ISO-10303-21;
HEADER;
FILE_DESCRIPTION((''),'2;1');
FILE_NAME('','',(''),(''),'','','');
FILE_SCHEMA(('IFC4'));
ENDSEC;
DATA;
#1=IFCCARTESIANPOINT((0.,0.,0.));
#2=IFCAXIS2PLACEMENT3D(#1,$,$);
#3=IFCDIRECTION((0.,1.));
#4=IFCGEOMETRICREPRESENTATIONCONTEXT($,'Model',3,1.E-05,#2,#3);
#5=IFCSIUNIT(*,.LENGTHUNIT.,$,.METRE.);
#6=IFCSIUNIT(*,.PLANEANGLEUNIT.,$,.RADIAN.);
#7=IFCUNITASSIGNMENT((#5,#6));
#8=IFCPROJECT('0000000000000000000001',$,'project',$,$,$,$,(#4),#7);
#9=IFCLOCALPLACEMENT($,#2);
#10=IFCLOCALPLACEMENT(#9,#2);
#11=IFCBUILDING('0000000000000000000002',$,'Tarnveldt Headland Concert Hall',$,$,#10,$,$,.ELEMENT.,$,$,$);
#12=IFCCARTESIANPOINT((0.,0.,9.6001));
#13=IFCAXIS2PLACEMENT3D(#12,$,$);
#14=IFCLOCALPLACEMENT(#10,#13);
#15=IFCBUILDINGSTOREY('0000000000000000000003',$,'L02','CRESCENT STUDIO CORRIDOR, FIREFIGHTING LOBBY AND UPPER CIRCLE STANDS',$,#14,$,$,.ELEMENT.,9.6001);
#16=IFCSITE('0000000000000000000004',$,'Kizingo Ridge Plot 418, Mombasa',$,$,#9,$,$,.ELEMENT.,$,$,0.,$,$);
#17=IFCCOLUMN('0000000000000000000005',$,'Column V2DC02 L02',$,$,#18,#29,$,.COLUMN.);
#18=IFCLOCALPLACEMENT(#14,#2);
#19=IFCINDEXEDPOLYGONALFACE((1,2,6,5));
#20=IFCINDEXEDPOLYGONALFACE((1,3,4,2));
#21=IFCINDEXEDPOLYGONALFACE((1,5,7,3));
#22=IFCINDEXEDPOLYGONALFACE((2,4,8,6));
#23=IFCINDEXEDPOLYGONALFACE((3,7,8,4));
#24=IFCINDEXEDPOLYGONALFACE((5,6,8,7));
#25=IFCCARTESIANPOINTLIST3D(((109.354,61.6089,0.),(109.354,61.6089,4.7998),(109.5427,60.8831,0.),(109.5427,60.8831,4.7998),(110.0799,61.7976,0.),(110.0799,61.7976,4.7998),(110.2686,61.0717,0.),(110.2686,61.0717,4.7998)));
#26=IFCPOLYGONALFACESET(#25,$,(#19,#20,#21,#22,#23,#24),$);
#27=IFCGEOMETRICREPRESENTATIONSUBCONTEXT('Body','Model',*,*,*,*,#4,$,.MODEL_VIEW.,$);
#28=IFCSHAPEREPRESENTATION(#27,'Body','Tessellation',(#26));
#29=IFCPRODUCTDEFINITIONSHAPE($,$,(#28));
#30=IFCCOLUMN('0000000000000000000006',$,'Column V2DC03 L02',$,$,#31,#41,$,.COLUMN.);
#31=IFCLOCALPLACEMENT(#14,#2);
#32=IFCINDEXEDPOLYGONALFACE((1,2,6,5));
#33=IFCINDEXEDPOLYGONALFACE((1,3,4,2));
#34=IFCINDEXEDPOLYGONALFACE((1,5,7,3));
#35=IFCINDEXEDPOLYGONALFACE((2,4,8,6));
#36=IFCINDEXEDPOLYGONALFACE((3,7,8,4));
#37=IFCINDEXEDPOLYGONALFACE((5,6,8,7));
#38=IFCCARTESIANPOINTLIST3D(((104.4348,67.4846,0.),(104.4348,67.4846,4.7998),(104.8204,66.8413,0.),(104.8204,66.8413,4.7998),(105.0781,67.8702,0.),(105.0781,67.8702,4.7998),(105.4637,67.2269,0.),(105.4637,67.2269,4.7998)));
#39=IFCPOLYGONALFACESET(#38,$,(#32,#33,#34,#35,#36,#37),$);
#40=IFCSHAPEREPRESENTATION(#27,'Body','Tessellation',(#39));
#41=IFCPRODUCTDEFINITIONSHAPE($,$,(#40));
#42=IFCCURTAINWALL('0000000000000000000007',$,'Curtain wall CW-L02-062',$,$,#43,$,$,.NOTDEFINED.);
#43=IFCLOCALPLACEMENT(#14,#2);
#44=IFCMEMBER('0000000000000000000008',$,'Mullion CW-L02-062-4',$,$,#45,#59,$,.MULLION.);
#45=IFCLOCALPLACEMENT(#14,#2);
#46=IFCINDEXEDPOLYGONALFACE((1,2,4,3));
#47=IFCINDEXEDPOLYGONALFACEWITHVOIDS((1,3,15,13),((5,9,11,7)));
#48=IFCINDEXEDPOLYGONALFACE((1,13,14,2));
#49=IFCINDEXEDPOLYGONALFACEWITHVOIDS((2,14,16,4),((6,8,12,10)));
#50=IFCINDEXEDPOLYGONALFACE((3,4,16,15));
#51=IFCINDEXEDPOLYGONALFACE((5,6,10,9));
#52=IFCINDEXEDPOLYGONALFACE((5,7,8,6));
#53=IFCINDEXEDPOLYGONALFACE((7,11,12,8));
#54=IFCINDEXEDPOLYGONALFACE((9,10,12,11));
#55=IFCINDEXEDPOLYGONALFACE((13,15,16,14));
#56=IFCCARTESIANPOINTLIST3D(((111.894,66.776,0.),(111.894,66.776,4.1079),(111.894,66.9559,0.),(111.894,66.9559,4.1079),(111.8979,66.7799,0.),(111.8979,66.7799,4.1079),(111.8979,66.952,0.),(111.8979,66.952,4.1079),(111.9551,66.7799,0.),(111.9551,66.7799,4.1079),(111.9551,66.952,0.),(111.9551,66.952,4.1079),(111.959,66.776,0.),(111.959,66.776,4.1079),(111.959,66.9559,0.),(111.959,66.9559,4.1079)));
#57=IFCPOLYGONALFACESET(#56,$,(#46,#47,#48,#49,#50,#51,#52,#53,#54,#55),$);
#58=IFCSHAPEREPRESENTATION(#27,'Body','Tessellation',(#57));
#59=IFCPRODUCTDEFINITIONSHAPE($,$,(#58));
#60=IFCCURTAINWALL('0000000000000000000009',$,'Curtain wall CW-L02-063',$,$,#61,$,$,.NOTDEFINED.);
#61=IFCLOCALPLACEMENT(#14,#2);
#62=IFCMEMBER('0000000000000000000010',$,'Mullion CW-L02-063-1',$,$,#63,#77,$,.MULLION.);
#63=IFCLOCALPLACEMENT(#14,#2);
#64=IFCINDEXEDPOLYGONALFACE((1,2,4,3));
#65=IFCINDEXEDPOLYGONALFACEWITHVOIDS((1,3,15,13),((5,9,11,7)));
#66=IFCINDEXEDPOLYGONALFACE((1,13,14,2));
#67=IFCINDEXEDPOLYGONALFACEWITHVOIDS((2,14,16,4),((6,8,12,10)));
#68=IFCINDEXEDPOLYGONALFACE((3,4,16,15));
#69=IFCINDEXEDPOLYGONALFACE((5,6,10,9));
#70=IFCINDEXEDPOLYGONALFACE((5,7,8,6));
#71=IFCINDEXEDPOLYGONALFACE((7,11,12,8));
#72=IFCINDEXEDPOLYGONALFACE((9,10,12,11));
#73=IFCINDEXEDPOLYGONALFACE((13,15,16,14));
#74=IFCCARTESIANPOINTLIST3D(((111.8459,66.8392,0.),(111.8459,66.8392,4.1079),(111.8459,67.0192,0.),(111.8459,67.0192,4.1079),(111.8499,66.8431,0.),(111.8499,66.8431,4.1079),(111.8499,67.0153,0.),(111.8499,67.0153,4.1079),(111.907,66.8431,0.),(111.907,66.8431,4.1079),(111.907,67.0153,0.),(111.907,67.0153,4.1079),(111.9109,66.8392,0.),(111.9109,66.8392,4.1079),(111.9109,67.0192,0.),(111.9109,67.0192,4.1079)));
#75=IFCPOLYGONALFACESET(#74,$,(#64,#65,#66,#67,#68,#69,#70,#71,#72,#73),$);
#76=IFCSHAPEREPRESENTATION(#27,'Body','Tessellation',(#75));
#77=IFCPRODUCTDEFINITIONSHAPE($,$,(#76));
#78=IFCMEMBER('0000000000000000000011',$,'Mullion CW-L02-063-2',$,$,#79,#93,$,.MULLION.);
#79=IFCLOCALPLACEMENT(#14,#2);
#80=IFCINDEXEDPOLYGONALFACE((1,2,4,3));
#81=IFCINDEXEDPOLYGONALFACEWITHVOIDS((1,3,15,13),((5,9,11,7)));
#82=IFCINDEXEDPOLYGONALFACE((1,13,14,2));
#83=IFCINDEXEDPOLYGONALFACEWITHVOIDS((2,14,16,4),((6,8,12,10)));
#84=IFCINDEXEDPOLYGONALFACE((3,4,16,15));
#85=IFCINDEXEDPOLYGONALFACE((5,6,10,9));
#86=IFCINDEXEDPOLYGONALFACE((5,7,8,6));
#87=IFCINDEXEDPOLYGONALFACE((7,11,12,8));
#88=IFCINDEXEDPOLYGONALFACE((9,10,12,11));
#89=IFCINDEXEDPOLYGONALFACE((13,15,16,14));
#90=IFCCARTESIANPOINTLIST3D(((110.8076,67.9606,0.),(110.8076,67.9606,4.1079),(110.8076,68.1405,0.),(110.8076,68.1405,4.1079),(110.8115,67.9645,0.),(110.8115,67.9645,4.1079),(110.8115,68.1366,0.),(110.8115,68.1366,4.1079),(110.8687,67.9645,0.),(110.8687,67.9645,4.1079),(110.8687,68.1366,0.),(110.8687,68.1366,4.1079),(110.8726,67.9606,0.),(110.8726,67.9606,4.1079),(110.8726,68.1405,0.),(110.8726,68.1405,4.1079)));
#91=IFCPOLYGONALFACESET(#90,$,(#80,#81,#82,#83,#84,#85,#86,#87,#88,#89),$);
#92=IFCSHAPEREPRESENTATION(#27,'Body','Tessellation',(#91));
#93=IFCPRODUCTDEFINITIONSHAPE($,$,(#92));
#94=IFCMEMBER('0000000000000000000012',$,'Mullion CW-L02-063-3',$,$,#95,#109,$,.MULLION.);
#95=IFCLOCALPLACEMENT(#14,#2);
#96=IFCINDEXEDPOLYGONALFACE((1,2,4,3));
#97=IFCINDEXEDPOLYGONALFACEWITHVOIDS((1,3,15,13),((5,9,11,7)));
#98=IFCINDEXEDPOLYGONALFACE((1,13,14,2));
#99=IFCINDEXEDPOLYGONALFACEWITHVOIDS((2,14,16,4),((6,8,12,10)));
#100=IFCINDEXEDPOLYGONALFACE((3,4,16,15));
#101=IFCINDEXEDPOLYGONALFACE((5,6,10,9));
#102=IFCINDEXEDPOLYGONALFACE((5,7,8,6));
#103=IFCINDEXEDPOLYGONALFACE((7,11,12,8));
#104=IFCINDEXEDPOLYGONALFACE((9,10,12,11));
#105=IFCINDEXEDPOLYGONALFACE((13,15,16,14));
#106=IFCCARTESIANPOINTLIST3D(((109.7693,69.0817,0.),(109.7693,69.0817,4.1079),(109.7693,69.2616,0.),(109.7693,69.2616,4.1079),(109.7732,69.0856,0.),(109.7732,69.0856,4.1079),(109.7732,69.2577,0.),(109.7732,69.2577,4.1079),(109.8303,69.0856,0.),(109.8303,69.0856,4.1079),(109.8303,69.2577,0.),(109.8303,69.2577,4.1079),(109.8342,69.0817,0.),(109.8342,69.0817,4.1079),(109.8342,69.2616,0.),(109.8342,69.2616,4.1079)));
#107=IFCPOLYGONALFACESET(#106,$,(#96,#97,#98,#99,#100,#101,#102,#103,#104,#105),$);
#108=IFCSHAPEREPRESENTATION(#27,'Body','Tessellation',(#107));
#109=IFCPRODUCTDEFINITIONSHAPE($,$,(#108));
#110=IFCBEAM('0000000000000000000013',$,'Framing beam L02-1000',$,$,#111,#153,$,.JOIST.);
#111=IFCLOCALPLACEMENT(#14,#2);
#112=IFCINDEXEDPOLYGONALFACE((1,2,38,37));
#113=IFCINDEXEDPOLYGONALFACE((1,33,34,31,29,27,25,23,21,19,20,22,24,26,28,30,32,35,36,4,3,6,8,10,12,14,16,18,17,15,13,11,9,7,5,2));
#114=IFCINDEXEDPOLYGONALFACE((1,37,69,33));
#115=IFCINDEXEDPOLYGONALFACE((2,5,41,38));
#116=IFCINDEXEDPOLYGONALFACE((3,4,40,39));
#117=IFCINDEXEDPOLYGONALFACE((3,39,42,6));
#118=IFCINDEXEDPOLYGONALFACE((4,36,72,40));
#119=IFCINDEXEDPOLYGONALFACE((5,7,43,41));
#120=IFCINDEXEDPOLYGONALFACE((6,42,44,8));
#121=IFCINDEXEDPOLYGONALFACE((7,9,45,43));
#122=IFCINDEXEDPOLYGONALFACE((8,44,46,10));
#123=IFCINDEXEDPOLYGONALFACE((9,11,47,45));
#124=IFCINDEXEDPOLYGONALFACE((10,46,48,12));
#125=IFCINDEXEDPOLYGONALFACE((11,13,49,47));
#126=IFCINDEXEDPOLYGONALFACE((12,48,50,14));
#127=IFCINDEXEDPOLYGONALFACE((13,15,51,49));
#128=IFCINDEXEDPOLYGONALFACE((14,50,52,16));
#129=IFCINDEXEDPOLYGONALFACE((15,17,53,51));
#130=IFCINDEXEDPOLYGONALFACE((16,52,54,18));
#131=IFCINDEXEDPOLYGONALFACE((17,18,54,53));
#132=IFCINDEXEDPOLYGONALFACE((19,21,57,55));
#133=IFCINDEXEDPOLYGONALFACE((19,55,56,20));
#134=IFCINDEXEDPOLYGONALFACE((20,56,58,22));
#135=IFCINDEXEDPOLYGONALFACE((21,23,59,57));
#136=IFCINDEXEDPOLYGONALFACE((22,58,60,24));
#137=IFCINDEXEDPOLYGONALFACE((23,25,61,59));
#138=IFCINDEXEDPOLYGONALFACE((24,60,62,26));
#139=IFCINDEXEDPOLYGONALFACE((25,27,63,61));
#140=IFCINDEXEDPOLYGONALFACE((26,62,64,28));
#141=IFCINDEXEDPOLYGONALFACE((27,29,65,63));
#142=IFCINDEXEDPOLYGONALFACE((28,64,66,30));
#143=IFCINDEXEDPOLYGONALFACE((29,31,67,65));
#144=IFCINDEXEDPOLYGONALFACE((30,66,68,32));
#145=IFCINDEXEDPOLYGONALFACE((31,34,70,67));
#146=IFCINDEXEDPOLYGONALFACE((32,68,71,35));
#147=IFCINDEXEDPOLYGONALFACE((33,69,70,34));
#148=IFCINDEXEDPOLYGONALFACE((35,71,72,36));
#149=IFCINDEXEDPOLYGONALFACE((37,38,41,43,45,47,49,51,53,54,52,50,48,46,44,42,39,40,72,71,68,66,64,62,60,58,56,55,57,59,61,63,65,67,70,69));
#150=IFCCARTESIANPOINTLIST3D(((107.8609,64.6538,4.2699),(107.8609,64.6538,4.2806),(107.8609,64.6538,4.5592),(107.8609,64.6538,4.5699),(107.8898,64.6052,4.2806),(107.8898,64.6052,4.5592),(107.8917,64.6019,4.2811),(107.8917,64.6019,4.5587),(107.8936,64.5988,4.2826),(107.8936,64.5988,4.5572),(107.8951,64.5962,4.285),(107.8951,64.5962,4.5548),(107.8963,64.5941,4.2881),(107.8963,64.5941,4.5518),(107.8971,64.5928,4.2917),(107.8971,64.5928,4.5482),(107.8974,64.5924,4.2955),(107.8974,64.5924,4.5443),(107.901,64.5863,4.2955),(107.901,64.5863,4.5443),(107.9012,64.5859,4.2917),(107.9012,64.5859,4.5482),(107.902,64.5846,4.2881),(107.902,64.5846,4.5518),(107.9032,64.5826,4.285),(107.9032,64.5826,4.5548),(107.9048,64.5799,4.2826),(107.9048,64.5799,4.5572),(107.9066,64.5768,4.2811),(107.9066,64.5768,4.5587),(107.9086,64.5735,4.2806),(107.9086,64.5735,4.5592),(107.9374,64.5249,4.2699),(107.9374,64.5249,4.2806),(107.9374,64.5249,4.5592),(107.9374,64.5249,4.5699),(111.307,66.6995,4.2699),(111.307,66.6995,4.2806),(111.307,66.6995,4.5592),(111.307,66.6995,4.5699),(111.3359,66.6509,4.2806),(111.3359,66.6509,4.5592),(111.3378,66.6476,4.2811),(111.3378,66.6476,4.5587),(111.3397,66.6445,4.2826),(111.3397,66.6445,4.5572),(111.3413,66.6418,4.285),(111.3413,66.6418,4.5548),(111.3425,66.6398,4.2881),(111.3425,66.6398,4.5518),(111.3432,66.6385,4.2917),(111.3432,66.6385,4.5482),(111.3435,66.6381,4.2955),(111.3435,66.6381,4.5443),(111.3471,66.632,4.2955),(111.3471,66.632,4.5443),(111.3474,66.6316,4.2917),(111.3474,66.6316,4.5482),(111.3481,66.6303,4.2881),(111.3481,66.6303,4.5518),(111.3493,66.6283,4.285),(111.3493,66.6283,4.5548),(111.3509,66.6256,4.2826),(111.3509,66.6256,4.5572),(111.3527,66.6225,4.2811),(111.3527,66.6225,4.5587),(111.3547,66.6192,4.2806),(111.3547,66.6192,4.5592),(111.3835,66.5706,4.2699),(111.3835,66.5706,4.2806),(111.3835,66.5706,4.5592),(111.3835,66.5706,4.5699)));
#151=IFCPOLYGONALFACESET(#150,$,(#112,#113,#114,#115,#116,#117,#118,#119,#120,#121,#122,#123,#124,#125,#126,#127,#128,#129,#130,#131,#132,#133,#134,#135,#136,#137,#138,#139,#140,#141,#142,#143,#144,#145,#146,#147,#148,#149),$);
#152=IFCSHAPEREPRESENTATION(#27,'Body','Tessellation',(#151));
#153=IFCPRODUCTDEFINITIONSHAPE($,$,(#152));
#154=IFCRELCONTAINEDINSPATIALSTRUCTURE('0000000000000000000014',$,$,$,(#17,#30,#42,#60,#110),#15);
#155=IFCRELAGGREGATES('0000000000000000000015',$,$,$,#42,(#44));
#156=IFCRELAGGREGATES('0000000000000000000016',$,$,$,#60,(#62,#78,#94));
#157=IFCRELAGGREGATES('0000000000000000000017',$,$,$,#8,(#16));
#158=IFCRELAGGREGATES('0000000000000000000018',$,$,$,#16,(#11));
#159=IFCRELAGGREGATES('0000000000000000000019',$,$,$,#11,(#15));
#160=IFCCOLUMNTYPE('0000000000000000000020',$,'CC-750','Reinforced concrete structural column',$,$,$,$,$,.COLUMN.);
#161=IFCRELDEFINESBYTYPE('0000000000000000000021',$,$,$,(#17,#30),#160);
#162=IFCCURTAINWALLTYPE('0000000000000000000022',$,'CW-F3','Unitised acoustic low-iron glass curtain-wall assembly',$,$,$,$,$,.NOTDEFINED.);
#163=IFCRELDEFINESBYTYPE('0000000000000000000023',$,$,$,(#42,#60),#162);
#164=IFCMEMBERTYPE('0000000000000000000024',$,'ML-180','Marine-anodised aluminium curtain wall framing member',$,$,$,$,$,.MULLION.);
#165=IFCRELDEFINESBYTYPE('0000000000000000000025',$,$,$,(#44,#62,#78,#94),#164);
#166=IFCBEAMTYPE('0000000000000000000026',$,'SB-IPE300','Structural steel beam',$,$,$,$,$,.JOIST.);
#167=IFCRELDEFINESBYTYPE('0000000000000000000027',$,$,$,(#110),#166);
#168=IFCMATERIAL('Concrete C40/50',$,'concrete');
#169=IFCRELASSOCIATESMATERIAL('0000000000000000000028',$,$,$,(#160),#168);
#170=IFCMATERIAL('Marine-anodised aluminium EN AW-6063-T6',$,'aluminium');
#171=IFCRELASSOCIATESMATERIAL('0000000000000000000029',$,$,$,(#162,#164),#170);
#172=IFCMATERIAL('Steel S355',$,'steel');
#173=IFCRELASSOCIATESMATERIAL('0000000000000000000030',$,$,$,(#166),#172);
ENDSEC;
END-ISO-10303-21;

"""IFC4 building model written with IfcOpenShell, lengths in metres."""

from ifc_helpers import new_model, si_unit, direction, frame, origin, origin_2d, place, context, subcontext, project, spatial, rectangle, hollow_rectangle, i_section, extrude, material, material_profile, profile_set, type_object, element, aggregate, save


model = new_model("IFC4")

# Units and contexts
model_context = context("Model", 3, precision=1e-05, world=origin(), true_north=direction((0.0, 1.0)))
body_context = subcontext(model_context, "Body", "Model", "MODEL_VIEW")
ifc_project = project(units=[si_unit("LENGTHUNIT", "METRE"), si_unit("PLANEANGLEUNIT", "RADIAN")], contexts=[model_context])

# Site, building, storey
site_placement = place(None, origin())
site = spatial("IfcSite", under=ifc_project, at=site_placement, Name="Kizingo Ridge Plot 418, Mombasa", CompositionType="ELEMENT", RefElevation=0.0)
building_placement = place(site_placement, origin())
building = spatial("IfcBuilding", under=site, at=building_placement, Name="Tarnveldt Headland Concert Hall", CompositionType="ELEMENT")
storey_placement = place(building_placement, frame((0.0, 0.0, 9.6001)))
storey = spatial("IfcBuildingStorey", under=building, at=storey_placement, Name="L02", Description="CRESCENT STUDIO CORRIDOR, FIREFIGHTING LOBBY AND UPPER CIRCLE STANDS", CompositionType="ELEMENT", Elevation=9.6001)

# Columns
ifc_material_1 = material(Name="Concrete C40/50", Category="concrete")
ifc_material_profile_1 = material_profile(ifc_material_1, rectangle(XDim=0.75, YDim=0.75, at=origin_2d()), Name="RC 750x750", Category="concrete")
ifc_profile_set_1 = profile_set([ifc_material_profile_1], Name="Concrete C40/50")
column_type = type_object("IfcColumnType", Name="CC-750", Description="Reinforced concrete structural column", PredefinedType="COLUMN", material=ifc_profile_set_1)
for number, where, z_axis, x_axis, name in (
    (1, (109.8113, 61.3403, 0.0), (0.0, 0.0, 1.0), (0.967841, 0.251563, 0.0), "Column V2DC02 L02"),
    (2, (104.9492, 67.3557, 0.0), (0.0, 0.0, 1.0), (0.857706, 0.51414, 0.0), "Column V2DC03 L02"),
):
    element("IfcColumn", number, at=place(storey_placement, frame(where, z_axis=z_axis, x_axis=x_axis)), inside=storey, type_object=column_type, Name=name, PredefinedType="COLUMN", context=body_context, shape_type="SweptSolid", body=[
        extrude(rectangle(XDim=0.75, YDim=0.75, at=origin_2d()), origin(), (0.0, 0.0, 1.0), 4.7998),
    ])

# Curtain wall, member
ifc_material_2 = material(Name="Marine-anodised aluminium EN AW-6063-T6", Category="aluminium")
curtain_wall_type = type_object("IfcCurtainWallType", Name="CW-F3", Description="Unitised acoustic low-iron glass curtain-wall assembly", PredefinedType="NOTDEFINED", material=ifc_material_2)
curtain_wall_1_placement = place(storey_placement, origin())
curtain_wall_1 = element("IfcCurtainWall", 3, at=curtain_wall_1_placement, inside=storey, type_object=curtain_wall_type, Name="Curtain wall CW-L02-062", PredefinedType="NOTDEFINED")
ifc_material_profile_2 = material_profile(ifc_material_2, hollow_rectangle(XDim=0.0649, YDim=0.1799, WallThickness=0.0039, at=origin_2d()), Name="ALU MULLION 65x180x4", Category="aluminium")
ifc_profile_set_2 = profile_set([ifc_material_profile_2], Name="Marine-anodised aluminium EN AW-6063-T6")
member_type_1 = type_object("IfcMemberType", Name="ML-180", Description="Marine-anodised aluminium curtain wall framing member", PredefinedType="MULLION", material=ifc_profile_set_2)
member_1_placement = place(storey_placement, frame((111.9265, 66.866, 0.0), z_axis=(0.0, 0.0, 1.0), x_axis=(1.0, 0.0, 0.0)))
member_1 = element("IfcMember", 4, at=member_1_placement, type_object=member_type_1, Name="Mullion CW-L02-062-4", PredefinedType="MULLION", context=body_context, shape_type="SweptSolid", body=[
    extrude(hollow_rectangle(XDim=0.0649, YDim=0.1799, WallThickness=0.0039, at=origin_2d()), origin(), (0.0, 0.0, 1.0), 4.1079),
])

# Curtain wall, members
curtain_wall_2_placement = place(storey_placement, origin())
curtain_wall_2 = element("IfcCurtainWall", 5, at=curtain_wall_2_placement, inside=storey, type_object=curtain_wall_type, Name="Curtain wall CW-L02-063", PredefinedType="NOTDEFINED")
member_2_placement = place(storey_placement, frame((111.8784, 66.9292, 0.0), z_axis=(0.0, 0.0, 1.0), x_axis=(1.0, 0.0, 0.0)))
member_2 = element("IfcMember", 6, at=member_2_placement, type_object=member_type_1, Name="Mullion CW-L02-063-1", PredefinedType="MULLION", context=body_context, shape_type="SweptSolid", body=[
    extrude(hollow_rectangle(XDim=0.0649, YDim=0.1799, WallThickness=0.0039, at=origin_2d()), origin(), (0.0, 0.0, 1.0), 4.1079),
])
member_3_placement = place(storey_placement, frame((110.8401, 68.0505, 0.0), z_axis=(0.0, 0.0, 1.0), x_axis=(1.0, 0.0, 0.0)))
member_3 = element("IfcMember", 7, at=member_3_placement, type_object=member_type_1, Name="Mullion CW-L02-063-2", PredefinedType="MULLION", context=body_context, shape_type="SweptSolid", body=[
    extrude(hollow_rectangle(XDim=0.0649, YDim=0.1799, WallThickness=0.0039, at=origin_2d()), origin(), (0.0, 0.0, 1.0), 4.1079),
])
member_4_placement = place(storey_placement, frame((109.8018, 69.1716, 0.0), z_axis=(0.0, 0.0, 1.0), x_axis=(1.0, 0.0, 0.0)))
member_4 = element("IfcMember", 8, at=member_4_placement, type_object=member_type_1, Name="Mullion CW-L02-063-3", PredefinedType="MULLION", context=body_context, shape_type="SweptSolid", body=[
    extrude(hollow_rectangle(XDim=0.0649, YDim=0.1799, WallThickness=0.0039, at=origin_2d()), origin(), (0.0, 0.0, 1.0), 4.1079),
])

# Beam
ifc_material_3 = material(Name="Steel S355", Category="steel")
ifc_material_profile_3 = material_profile(ifc_material_3, i_section(OverallWidth=0.1499, OverallDepth=0.3, WebThickness=0.0071, FlangeThickness=0.0107, FilletRadius=0.0149, at=origin_2d()), Name="IPE300", Category="steel")
ifc_profile_set_3 = profile_set([ifc_material_profile_3], Name="Steel S355")
beam_type_1 = type_object("IfcBeamType", Name="SB-IPE300", Description="Structural steel beam", PredefinedType="JOIST", material=ifc_profile_set_3)
beam_1_placement = place(storey_placement, frame((107.8992, 64.5894, 4.4199), z_axis=(0.859902, 0.510459, 0.0), x_axis=(-0.510459, 0.859902, 0.0)))
element("IfcBeam", 9, at=beam_1_placement, inside=storey, type_object=beam_type_1, Name="Framing beam L02-1000", PredefinedType="JOIST", context=body_context, shape_type="SweptSolid", body=[
    extrude(i_section(OverallWidth=0.1499, OverallDepth=0.3, WebThickness=0.0071, FlangeThickness=0.0107, FilletRadius=0.0149, at=origin_2d()), origin(), (0.0, 0.0, 1.0), 4.0076),
])

aggregate(curtain_wall_1, [member_1])
aggregate(curtain_wall_2, [member_2, member_3, member_4])

save(model, "model.ifc")
